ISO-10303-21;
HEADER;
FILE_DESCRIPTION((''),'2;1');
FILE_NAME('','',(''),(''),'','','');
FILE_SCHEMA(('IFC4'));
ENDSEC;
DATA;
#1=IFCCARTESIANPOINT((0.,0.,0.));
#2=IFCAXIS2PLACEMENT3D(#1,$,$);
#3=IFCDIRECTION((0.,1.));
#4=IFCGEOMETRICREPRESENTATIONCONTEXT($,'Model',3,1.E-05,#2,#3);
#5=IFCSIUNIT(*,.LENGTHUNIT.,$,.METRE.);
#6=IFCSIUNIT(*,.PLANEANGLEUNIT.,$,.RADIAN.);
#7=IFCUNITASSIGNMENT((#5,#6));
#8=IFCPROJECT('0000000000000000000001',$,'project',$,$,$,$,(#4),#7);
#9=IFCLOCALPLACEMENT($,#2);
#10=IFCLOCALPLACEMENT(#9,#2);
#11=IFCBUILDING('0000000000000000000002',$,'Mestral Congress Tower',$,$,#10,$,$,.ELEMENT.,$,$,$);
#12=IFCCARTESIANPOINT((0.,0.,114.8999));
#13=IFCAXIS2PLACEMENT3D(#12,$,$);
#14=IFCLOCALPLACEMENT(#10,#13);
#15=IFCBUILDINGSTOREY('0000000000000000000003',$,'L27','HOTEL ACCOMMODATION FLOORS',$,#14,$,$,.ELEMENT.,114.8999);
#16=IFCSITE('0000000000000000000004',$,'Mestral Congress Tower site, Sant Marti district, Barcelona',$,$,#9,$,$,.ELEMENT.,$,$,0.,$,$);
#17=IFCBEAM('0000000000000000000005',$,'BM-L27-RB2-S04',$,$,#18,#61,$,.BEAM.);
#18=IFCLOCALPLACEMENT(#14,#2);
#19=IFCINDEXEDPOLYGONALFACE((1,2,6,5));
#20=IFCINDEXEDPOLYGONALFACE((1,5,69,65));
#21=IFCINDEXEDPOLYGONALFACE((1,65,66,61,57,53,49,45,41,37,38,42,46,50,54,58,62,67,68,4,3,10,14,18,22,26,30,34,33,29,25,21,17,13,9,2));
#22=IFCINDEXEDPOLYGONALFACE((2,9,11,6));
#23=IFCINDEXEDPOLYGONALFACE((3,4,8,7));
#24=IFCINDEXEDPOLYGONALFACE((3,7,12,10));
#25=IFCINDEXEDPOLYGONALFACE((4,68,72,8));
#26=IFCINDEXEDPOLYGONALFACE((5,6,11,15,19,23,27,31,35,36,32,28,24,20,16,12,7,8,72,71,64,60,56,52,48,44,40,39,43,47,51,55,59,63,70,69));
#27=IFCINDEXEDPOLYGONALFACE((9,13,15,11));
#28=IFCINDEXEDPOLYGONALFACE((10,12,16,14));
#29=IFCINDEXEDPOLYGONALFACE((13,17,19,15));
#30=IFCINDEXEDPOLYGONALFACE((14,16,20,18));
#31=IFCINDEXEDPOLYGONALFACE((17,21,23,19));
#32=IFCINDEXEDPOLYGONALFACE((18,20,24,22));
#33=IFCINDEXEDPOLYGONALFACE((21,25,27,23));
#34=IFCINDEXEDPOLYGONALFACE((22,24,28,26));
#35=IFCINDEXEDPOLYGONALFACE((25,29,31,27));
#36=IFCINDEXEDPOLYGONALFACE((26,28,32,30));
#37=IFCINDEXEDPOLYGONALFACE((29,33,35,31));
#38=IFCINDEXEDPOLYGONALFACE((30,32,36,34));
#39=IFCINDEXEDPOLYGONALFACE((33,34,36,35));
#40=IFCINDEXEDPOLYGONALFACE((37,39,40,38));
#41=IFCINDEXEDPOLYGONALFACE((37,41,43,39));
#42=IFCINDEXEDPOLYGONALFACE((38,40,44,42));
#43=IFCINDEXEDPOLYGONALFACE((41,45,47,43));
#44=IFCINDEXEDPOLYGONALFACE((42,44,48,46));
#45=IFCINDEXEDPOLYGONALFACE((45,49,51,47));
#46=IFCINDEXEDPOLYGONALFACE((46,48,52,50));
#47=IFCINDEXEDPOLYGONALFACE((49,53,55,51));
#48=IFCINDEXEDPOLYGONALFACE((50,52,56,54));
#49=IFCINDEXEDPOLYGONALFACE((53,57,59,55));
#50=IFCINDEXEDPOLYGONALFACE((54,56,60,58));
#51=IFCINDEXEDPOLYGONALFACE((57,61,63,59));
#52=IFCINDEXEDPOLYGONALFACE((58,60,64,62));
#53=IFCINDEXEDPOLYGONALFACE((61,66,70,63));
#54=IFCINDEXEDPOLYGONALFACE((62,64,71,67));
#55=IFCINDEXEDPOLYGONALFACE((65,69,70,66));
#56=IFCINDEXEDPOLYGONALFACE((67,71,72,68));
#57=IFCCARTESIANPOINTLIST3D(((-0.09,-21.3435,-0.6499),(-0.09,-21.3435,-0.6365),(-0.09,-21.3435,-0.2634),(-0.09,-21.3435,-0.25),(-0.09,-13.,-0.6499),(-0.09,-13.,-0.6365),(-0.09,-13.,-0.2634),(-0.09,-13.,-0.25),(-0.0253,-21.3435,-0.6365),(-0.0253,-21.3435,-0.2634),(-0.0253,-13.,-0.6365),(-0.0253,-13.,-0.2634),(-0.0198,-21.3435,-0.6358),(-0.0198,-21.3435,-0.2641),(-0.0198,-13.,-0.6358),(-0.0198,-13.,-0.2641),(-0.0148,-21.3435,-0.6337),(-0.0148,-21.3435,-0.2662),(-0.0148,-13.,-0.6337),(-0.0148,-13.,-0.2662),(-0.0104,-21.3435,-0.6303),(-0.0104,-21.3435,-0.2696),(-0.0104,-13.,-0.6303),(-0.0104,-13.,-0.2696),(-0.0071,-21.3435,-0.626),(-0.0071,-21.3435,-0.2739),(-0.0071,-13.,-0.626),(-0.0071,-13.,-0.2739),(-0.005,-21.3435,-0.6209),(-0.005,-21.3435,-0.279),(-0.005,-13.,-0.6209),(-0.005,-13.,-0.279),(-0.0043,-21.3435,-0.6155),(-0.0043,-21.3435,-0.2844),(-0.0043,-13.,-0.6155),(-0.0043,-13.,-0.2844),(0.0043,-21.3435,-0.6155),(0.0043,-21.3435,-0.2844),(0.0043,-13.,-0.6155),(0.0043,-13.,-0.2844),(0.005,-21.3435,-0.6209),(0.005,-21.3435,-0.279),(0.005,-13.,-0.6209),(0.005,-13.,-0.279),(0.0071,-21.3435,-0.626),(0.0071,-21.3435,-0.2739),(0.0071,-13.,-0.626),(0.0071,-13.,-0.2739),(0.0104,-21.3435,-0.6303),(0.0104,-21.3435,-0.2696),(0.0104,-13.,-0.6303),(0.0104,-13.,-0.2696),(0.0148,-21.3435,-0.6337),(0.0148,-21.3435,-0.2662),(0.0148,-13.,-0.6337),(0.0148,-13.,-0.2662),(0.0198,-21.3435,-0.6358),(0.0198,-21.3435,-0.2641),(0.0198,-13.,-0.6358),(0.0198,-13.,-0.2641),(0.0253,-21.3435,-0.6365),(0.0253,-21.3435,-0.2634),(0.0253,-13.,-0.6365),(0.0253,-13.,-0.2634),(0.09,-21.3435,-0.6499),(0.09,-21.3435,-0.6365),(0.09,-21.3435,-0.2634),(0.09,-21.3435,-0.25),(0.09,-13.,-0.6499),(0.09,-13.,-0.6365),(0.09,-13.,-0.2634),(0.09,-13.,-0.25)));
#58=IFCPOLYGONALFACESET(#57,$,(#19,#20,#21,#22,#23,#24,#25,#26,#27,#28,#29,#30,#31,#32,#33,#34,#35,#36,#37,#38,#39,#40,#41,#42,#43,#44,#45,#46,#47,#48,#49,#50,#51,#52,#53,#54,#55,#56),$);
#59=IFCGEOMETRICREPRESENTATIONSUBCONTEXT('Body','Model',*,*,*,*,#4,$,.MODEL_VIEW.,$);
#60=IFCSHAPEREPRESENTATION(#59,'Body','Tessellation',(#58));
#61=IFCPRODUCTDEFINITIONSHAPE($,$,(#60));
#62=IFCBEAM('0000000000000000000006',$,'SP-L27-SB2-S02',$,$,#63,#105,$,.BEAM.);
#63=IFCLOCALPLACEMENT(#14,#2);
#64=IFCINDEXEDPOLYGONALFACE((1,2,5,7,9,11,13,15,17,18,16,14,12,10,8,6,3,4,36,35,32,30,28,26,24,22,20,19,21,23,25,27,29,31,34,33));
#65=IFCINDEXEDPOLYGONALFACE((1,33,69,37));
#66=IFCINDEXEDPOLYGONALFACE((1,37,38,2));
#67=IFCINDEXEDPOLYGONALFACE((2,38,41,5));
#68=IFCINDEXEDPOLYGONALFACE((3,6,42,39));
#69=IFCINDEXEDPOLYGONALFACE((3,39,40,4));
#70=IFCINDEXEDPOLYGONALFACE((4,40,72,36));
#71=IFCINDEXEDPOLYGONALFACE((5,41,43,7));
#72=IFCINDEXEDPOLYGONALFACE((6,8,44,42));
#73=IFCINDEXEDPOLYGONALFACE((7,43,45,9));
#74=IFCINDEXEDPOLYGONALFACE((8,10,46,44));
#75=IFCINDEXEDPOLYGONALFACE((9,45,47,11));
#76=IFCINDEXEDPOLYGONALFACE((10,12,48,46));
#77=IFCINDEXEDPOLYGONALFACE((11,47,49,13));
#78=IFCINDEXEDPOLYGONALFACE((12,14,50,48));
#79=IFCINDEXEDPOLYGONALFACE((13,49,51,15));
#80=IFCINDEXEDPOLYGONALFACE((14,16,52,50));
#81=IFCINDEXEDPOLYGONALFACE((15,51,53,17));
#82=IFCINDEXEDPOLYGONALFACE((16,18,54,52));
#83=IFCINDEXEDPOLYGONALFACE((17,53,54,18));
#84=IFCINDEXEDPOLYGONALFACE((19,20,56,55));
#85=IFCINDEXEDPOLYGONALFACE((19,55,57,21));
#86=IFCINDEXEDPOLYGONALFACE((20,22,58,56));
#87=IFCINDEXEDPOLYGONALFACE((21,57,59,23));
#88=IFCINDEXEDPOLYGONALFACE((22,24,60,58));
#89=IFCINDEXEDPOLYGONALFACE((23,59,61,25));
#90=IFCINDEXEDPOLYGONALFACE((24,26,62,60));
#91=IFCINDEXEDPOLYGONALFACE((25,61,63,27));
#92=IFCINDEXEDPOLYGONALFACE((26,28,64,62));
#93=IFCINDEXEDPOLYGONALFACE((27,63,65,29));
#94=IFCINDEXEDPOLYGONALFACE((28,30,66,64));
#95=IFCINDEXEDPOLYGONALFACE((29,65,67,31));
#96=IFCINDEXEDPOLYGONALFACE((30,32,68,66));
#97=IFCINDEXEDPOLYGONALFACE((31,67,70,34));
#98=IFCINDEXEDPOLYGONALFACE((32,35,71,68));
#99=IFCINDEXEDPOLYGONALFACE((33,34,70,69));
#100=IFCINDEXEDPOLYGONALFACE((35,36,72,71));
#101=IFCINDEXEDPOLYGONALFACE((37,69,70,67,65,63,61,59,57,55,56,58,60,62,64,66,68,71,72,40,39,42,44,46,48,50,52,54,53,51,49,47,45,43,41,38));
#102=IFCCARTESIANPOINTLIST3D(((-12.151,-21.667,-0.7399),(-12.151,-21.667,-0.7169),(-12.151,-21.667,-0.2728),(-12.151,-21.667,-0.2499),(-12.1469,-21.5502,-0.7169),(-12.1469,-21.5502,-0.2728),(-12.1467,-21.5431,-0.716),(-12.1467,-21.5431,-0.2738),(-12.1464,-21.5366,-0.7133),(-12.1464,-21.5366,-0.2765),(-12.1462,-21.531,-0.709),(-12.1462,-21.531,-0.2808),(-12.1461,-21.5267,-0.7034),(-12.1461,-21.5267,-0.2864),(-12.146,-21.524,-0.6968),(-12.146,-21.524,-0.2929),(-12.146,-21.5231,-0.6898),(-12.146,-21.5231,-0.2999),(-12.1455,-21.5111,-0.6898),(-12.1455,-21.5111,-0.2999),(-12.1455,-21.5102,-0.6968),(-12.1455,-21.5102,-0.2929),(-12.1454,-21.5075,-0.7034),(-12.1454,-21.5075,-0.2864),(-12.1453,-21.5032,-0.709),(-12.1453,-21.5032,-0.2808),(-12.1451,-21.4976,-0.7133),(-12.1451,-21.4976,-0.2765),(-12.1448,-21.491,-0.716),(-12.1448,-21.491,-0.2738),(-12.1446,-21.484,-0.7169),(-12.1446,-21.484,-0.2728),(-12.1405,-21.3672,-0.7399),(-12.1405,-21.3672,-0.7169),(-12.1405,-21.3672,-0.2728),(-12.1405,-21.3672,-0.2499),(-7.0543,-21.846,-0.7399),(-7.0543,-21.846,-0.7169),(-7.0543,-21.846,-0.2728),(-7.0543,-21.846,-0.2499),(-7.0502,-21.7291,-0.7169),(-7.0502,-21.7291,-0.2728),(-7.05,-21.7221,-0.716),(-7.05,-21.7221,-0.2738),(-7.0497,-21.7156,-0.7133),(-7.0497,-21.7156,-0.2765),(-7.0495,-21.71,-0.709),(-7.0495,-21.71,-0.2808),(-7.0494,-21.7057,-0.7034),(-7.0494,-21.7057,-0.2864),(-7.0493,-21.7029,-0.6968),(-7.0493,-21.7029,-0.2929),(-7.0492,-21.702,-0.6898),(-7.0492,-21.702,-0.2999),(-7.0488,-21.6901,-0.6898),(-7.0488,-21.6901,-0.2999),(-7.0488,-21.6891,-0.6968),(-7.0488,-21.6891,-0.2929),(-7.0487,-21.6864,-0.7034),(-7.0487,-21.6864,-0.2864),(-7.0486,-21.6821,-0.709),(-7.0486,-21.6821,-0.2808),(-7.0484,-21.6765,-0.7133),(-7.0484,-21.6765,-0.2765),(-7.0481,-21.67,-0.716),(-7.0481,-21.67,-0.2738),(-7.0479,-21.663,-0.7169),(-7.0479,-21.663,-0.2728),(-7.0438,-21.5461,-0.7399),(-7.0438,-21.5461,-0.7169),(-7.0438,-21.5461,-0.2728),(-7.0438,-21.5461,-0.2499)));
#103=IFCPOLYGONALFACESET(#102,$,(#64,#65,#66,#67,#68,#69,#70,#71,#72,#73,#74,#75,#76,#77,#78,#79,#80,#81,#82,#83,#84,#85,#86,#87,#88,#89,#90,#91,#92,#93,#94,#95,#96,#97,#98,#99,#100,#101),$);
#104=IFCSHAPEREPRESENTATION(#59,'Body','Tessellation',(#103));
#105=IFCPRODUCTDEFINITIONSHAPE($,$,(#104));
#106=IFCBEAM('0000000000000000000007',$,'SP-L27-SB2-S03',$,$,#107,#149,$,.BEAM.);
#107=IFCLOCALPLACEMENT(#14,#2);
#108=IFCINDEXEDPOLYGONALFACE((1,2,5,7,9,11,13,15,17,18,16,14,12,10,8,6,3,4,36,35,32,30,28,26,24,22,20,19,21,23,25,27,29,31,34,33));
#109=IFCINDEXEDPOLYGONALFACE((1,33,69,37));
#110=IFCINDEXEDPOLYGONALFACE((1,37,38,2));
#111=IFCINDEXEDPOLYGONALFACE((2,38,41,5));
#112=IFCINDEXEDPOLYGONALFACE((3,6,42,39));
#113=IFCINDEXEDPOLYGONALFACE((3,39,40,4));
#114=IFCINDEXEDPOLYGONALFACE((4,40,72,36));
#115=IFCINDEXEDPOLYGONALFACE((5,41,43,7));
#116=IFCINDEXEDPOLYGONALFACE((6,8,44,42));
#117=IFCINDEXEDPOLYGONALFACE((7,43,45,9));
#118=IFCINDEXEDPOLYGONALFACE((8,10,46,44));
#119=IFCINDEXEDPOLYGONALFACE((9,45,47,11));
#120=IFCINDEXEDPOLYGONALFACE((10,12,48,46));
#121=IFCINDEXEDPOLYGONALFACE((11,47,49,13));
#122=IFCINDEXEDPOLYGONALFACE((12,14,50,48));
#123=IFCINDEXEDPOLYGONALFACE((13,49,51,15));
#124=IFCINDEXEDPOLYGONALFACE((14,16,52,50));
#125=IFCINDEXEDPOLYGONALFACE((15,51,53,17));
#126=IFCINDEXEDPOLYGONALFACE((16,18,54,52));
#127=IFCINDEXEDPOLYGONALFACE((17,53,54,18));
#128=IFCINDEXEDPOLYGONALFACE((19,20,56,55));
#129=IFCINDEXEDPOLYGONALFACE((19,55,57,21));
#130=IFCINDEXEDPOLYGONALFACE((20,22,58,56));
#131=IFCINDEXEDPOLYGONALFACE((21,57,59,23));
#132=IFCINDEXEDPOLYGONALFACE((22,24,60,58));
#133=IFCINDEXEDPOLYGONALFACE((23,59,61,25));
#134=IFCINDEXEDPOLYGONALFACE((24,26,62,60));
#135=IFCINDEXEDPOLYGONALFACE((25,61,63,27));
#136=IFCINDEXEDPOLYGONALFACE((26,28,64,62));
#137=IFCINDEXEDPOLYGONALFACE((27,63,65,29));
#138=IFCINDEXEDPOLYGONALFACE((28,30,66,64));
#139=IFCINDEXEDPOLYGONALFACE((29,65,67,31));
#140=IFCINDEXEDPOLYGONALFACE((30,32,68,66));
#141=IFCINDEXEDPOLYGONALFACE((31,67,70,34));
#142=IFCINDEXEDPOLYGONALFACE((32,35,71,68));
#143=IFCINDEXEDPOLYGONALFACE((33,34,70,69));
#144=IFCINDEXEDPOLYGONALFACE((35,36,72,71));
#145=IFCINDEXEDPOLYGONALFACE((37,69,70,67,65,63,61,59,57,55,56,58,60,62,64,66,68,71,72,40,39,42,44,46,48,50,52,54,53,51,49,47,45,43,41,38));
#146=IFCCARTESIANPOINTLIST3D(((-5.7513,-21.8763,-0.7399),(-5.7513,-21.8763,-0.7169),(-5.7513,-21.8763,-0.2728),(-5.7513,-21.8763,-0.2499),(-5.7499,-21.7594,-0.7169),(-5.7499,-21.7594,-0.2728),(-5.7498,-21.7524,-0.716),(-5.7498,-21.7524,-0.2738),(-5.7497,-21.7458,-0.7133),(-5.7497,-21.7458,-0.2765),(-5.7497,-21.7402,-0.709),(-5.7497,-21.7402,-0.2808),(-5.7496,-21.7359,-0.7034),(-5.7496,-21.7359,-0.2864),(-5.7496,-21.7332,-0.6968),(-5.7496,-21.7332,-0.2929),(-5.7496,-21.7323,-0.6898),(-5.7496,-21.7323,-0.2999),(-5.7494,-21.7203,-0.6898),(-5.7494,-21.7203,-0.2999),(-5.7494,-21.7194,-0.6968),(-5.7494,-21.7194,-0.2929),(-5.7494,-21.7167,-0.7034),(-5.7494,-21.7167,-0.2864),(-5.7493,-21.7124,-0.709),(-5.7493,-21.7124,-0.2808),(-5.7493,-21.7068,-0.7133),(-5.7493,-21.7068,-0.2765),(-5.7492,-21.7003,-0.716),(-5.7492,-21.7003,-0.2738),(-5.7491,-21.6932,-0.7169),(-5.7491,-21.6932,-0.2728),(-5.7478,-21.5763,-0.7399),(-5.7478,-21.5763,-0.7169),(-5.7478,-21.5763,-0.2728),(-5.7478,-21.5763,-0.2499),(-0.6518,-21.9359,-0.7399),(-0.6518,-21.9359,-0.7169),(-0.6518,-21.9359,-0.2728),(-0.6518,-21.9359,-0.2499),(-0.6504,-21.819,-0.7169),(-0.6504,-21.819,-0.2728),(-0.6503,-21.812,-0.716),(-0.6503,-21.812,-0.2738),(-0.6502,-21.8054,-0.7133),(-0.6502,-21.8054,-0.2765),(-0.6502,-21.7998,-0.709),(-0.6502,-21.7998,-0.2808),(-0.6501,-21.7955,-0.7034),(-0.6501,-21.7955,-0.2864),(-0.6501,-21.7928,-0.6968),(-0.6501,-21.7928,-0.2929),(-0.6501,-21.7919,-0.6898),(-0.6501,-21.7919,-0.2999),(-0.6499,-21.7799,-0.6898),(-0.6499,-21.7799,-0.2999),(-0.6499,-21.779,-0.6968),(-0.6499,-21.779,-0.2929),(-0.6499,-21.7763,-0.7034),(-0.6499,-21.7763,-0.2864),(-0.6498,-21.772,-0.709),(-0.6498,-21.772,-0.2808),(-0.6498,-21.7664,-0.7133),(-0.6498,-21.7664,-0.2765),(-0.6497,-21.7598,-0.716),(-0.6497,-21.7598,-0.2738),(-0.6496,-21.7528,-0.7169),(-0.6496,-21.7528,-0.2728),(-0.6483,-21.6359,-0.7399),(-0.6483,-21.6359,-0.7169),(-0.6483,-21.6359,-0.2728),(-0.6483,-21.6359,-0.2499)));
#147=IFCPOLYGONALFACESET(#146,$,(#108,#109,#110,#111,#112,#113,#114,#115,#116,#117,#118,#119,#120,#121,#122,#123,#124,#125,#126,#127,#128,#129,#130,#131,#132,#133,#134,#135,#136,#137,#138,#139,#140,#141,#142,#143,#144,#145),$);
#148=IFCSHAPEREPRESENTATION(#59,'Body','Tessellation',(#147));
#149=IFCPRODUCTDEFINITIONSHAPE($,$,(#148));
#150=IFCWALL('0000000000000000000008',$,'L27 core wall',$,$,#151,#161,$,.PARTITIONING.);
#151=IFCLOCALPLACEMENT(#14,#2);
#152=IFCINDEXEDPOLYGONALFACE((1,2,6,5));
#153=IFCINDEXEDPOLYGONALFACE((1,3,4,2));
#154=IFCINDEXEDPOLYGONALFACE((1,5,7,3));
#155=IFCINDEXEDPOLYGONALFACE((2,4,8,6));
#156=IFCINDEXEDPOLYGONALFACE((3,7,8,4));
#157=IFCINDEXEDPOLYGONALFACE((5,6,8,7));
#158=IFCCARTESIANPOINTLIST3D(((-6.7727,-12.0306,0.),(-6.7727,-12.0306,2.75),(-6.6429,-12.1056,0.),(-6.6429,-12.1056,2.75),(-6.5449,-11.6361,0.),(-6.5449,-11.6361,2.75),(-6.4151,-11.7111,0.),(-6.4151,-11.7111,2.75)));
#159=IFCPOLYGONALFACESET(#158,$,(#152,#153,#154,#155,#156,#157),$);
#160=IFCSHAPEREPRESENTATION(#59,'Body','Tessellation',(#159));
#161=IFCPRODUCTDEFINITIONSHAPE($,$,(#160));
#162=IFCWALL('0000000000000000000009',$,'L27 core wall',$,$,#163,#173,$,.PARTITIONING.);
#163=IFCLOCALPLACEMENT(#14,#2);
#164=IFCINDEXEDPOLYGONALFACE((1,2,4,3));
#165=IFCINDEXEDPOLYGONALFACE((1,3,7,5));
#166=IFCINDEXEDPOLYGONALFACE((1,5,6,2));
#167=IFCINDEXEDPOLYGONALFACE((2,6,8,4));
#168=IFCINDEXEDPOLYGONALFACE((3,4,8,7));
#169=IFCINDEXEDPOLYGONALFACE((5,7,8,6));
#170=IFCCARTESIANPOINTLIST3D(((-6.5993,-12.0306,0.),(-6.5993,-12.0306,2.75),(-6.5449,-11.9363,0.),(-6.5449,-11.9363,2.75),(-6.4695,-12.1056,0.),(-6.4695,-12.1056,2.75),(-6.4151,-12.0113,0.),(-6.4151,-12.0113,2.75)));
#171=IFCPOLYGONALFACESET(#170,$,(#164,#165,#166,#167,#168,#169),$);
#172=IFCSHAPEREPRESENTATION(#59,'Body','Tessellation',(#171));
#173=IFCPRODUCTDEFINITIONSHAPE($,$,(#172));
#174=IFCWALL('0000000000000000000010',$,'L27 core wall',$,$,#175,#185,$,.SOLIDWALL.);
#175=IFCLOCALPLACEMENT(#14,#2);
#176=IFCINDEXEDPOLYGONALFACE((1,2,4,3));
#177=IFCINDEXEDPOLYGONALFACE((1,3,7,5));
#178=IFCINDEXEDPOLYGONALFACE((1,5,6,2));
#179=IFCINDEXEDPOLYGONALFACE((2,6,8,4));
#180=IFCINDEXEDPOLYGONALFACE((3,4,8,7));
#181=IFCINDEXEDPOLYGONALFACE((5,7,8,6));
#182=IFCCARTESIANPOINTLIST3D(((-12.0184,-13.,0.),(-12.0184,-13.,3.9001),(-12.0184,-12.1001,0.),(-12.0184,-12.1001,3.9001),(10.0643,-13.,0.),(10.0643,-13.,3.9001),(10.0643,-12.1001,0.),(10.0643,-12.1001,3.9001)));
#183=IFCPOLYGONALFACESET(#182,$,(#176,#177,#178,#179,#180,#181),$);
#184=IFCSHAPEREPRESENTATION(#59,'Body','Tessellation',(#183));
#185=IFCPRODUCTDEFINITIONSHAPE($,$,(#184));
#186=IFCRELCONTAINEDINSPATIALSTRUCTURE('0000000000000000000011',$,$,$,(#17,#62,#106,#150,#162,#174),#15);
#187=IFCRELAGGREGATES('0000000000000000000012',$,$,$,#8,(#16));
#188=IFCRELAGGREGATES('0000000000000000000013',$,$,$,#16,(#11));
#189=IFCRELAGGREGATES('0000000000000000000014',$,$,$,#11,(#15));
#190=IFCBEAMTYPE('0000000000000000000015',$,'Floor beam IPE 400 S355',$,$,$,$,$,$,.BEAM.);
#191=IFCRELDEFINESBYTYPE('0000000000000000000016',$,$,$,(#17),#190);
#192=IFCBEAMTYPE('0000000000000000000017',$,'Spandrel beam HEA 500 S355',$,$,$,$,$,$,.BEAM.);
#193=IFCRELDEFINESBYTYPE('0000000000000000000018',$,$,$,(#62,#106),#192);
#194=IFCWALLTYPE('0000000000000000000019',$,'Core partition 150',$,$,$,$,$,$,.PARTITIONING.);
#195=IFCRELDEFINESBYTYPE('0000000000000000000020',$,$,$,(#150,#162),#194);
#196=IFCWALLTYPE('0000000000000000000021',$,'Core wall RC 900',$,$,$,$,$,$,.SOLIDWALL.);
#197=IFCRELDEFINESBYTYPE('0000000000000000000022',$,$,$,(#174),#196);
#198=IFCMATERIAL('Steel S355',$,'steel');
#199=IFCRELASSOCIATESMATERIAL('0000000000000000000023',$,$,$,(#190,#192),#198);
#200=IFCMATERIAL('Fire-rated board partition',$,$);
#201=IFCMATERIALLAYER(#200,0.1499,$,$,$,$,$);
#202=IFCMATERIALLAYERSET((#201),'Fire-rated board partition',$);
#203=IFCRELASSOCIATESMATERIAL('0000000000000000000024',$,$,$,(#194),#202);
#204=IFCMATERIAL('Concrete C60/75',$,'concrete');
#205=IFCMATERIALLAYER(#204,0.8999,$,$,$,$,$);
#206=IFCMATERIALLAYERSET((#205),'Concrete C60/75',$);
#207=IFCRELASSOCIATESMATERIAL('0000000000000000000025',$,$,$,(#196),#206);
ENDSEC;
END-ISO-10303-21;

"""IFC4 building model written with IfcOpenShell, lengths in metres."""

from ifc_helpers import new_model, si_unit, direction, frame, frame_2d, origin, origin_2d, place, context, subcontext, project, spatial, rectangle, i_section, extrude, material, layer, layer_set, material_profile, profile_set, type_object, element, save


model = new_model("IFC4")

# Units and contexts
model_context = context("Model", 3, precision=1e-05, world=origin(), true_north=direction((0.0, 1.0)))
body_context = subcontext(model_context, "Body", "Model", "MODEL_VIEW")
ifc_project = project(units=[si_unit("LENGTHUNIT", "METRE"), si_unit("PLANEANGLEUNIT", "RADIAN")], contexts=[model_context])

# Site, building, storey
site_placement = place(None, origin())
site = spatial("IfcSite", under=ifc_project, at=site_placement, Name="Mestral Congress Tower site, Sant Marti district, Barcelona", CompositionType="ELEMENT", RefElevation=0.0)
building_placement = place(site_placement, origin())
building = spatial("IfcBuilding", under=site, at=building_placement, Name="Mestral Congress Tower", CompositionType="ELEMENT")
storey_placement = place(building_placement, frame((0.0, 0.0, 114.8999)))
storey = spatial("IfcBuildingStorey", under=building, at=storey_placement, Name="L27", Description="HOTEL ACCOMMODATION FLOORS", CompositionType="ELEMENT", Elevation=114.8999)

# Beams
ifc_material_1 = material(Name="Steel S355", Category="steel")
ifc_material_profile_1 = material_profile(ifc_material_1, i_section(OverallWidth=0.1799, OverallDepth=0.3999, WebThickness=0.0085, FlangeThickness=0.0134, FilletRadius=0.021, at=origin_2d()), Name="IPE 400")
ifc_profile_set_1 = profile_set([ifc_material_profile_1], Name="Steel S355")
beam_type_1 = type_object("IfcBeamType", Name="Floor beam IPE 400 S355", PredefinedType="BEAM", material=ifc_profile_set_1)
beam_1_placement = place(storey_placement, frame((0.0, -21.3435, -0.45), z_axis=(0.0, 1.0, 0.0), x_axis=(-1.0, 0.0, 0.0)))
element("IfcBeam", 1, at=beam_1_placement, inside=storey, type_object=beam_type_1, Name="BM-L27-RB2-S04", PredefinedType="BEAM", context=body_context, shape_type="SweptSolid", body=[
    extrude(i_section(OverallWidth=0.1799, OverallDepth=0.3999, WebThickness=0.0085, FlangeThickness=0.0134, FilletRadius=0.021, at=origin_2d()), origin(), (0.0, 0.0, 1.0), 8.3435),
])
ifc_material_profile_2 = material_profile(ifc_material_1, i_section(OverallWidth=0.3, OverallDepth=0.49, WebThickness=0.012, FlangeThickness=0.0229, FilletRadius=0.0271, at=origin_2d()), Name="HEA 500")
ifc_profile_set_2 = profile_set([ifc_material_profile_2], Name="Steel S355")
beam_type_2 = type_object("IfcBeamType", Name="Spandrel beam HEA 500 S355", PredefinedType="BEAM", material=ifc_profile_set_2)
for number, where, z_axis, x_axis, name in (
    (2, (-12.1458, -21.5171, -0.4949), (0.999384, -0.03509, 0.0), (0.03509, 0.999384, 0.0), "SP-L27-SB2-S02"),
    (3, (-5.7495, -21.7263, -0.4949), (0.999932, -0.011681, 0.0), (0.011681, 0.999932, 0.0), "SP-L27-SB2-S03"),
):
    element("IfcBeam", number, at=place(storey_placement, frame(where, z_axis=z_axis, x_axis=x_axis)), inside=storey, type_object=beam_type_2, Name=name, PredefinedType="BEAM", context=body_context, shape_type="SweptSolid", body=[
        extrude(i_section(OverallWidth=0.3, OverallDepth=0.49, WebThickness=0.012, FlangeThickness=0.0229, FilletRadius=0.0271, at=origin_2d()), origin(), (0.0, 0.0, 1.0), 5.0999),
    ])

# Walls
ifc_material_2 = material(Name="Fire-rated board partition")
ifc_layer_1 = layer(ifc_material_2, 0.1499)
ifc_layer_set_1 = layer_set([ifc_layer_1], Name="Fire-rated board partition")
wall_type_1 = type_object("IfcWallType", Name="Core partition 150", PredefinedType="PARTITIONING", material=ifc_layer_set_1)
wall_1_placement = place(storey_placement, frame((-6.7078, -12.0681, 0.0), z_axis=(0.0, 0.0, 1.0), x_axis=(0.500001, 0.866025, 0.0)))
element("IfcWall", 4, at=wall_1_placement, inside=storey, type_object=wall_type_1, Name="L27 core wall", PredefinedType="PARTITIONING", context=body_context, shape_type="SweptSolid", body=[
    extrude(rectangle(XDim=0.4556, YDim=0.1499, at=frame_2d((0.2278, 0.0))), origin(), (0.0, 0.0, 1.0), 2.75),
])
wall_2_placement = place(storey_placement, frame((-6.5344, -12.0681, 0.0), z_axis=(0.0, 0.0, 1.0), x_axis=(0.50024, 0.865887, 0.0)))
element("IfcWall", 5, at=wall_2_placement, inside=storey, type_object=wall_type_1, Name="L27 core wall", PredefinedType="PARTITIONING", context=body_context, shape_type="SweptSolid", body=[
    extrude(rectangle(XDim=0.1089, YDim=0.1499, at=frame_2d((0.0544, 0.0))), origin(), (0.0, 0.0, 1.0), 2.75),
])
ifc_material_3 = material(Name="Concrete C60/75", Category="concrete")
ifc_layer_2 = layer(ifc_material_3, 0.8999)
ifc_layer_set_2 = layer_set([ifc_layer_2], Name="Concrete C60/75")
wall_type_2 = type_object("IfcWallType", Name="Core wall RC 900", PredefinedType="SOLIDWALL", material=ifc_layer_set_2)
wall_3_placement = place(storey_placement, frame((-12.0186, -12.55, 0.0), z_axis=(0.0, 0.0, 1.0), x_axis=(1.0, 0.0, 0.0)))
element("IfcWall", 6, at=wall_3_placement, inside=storey, type_object=wall_type_2, Name="L27 core wall", PredefinedType="SOLIDWALL", context=body_context, shape_type="SweptSolid", body=[
    extrude(rectangle(XDim=22.0828, YDim=0.8999, at=frame_2d((11.0415, 0.0))), origin(), (0.0, 0.0, 1.0), 3.9001),
])

save(model, "model.ifc")
